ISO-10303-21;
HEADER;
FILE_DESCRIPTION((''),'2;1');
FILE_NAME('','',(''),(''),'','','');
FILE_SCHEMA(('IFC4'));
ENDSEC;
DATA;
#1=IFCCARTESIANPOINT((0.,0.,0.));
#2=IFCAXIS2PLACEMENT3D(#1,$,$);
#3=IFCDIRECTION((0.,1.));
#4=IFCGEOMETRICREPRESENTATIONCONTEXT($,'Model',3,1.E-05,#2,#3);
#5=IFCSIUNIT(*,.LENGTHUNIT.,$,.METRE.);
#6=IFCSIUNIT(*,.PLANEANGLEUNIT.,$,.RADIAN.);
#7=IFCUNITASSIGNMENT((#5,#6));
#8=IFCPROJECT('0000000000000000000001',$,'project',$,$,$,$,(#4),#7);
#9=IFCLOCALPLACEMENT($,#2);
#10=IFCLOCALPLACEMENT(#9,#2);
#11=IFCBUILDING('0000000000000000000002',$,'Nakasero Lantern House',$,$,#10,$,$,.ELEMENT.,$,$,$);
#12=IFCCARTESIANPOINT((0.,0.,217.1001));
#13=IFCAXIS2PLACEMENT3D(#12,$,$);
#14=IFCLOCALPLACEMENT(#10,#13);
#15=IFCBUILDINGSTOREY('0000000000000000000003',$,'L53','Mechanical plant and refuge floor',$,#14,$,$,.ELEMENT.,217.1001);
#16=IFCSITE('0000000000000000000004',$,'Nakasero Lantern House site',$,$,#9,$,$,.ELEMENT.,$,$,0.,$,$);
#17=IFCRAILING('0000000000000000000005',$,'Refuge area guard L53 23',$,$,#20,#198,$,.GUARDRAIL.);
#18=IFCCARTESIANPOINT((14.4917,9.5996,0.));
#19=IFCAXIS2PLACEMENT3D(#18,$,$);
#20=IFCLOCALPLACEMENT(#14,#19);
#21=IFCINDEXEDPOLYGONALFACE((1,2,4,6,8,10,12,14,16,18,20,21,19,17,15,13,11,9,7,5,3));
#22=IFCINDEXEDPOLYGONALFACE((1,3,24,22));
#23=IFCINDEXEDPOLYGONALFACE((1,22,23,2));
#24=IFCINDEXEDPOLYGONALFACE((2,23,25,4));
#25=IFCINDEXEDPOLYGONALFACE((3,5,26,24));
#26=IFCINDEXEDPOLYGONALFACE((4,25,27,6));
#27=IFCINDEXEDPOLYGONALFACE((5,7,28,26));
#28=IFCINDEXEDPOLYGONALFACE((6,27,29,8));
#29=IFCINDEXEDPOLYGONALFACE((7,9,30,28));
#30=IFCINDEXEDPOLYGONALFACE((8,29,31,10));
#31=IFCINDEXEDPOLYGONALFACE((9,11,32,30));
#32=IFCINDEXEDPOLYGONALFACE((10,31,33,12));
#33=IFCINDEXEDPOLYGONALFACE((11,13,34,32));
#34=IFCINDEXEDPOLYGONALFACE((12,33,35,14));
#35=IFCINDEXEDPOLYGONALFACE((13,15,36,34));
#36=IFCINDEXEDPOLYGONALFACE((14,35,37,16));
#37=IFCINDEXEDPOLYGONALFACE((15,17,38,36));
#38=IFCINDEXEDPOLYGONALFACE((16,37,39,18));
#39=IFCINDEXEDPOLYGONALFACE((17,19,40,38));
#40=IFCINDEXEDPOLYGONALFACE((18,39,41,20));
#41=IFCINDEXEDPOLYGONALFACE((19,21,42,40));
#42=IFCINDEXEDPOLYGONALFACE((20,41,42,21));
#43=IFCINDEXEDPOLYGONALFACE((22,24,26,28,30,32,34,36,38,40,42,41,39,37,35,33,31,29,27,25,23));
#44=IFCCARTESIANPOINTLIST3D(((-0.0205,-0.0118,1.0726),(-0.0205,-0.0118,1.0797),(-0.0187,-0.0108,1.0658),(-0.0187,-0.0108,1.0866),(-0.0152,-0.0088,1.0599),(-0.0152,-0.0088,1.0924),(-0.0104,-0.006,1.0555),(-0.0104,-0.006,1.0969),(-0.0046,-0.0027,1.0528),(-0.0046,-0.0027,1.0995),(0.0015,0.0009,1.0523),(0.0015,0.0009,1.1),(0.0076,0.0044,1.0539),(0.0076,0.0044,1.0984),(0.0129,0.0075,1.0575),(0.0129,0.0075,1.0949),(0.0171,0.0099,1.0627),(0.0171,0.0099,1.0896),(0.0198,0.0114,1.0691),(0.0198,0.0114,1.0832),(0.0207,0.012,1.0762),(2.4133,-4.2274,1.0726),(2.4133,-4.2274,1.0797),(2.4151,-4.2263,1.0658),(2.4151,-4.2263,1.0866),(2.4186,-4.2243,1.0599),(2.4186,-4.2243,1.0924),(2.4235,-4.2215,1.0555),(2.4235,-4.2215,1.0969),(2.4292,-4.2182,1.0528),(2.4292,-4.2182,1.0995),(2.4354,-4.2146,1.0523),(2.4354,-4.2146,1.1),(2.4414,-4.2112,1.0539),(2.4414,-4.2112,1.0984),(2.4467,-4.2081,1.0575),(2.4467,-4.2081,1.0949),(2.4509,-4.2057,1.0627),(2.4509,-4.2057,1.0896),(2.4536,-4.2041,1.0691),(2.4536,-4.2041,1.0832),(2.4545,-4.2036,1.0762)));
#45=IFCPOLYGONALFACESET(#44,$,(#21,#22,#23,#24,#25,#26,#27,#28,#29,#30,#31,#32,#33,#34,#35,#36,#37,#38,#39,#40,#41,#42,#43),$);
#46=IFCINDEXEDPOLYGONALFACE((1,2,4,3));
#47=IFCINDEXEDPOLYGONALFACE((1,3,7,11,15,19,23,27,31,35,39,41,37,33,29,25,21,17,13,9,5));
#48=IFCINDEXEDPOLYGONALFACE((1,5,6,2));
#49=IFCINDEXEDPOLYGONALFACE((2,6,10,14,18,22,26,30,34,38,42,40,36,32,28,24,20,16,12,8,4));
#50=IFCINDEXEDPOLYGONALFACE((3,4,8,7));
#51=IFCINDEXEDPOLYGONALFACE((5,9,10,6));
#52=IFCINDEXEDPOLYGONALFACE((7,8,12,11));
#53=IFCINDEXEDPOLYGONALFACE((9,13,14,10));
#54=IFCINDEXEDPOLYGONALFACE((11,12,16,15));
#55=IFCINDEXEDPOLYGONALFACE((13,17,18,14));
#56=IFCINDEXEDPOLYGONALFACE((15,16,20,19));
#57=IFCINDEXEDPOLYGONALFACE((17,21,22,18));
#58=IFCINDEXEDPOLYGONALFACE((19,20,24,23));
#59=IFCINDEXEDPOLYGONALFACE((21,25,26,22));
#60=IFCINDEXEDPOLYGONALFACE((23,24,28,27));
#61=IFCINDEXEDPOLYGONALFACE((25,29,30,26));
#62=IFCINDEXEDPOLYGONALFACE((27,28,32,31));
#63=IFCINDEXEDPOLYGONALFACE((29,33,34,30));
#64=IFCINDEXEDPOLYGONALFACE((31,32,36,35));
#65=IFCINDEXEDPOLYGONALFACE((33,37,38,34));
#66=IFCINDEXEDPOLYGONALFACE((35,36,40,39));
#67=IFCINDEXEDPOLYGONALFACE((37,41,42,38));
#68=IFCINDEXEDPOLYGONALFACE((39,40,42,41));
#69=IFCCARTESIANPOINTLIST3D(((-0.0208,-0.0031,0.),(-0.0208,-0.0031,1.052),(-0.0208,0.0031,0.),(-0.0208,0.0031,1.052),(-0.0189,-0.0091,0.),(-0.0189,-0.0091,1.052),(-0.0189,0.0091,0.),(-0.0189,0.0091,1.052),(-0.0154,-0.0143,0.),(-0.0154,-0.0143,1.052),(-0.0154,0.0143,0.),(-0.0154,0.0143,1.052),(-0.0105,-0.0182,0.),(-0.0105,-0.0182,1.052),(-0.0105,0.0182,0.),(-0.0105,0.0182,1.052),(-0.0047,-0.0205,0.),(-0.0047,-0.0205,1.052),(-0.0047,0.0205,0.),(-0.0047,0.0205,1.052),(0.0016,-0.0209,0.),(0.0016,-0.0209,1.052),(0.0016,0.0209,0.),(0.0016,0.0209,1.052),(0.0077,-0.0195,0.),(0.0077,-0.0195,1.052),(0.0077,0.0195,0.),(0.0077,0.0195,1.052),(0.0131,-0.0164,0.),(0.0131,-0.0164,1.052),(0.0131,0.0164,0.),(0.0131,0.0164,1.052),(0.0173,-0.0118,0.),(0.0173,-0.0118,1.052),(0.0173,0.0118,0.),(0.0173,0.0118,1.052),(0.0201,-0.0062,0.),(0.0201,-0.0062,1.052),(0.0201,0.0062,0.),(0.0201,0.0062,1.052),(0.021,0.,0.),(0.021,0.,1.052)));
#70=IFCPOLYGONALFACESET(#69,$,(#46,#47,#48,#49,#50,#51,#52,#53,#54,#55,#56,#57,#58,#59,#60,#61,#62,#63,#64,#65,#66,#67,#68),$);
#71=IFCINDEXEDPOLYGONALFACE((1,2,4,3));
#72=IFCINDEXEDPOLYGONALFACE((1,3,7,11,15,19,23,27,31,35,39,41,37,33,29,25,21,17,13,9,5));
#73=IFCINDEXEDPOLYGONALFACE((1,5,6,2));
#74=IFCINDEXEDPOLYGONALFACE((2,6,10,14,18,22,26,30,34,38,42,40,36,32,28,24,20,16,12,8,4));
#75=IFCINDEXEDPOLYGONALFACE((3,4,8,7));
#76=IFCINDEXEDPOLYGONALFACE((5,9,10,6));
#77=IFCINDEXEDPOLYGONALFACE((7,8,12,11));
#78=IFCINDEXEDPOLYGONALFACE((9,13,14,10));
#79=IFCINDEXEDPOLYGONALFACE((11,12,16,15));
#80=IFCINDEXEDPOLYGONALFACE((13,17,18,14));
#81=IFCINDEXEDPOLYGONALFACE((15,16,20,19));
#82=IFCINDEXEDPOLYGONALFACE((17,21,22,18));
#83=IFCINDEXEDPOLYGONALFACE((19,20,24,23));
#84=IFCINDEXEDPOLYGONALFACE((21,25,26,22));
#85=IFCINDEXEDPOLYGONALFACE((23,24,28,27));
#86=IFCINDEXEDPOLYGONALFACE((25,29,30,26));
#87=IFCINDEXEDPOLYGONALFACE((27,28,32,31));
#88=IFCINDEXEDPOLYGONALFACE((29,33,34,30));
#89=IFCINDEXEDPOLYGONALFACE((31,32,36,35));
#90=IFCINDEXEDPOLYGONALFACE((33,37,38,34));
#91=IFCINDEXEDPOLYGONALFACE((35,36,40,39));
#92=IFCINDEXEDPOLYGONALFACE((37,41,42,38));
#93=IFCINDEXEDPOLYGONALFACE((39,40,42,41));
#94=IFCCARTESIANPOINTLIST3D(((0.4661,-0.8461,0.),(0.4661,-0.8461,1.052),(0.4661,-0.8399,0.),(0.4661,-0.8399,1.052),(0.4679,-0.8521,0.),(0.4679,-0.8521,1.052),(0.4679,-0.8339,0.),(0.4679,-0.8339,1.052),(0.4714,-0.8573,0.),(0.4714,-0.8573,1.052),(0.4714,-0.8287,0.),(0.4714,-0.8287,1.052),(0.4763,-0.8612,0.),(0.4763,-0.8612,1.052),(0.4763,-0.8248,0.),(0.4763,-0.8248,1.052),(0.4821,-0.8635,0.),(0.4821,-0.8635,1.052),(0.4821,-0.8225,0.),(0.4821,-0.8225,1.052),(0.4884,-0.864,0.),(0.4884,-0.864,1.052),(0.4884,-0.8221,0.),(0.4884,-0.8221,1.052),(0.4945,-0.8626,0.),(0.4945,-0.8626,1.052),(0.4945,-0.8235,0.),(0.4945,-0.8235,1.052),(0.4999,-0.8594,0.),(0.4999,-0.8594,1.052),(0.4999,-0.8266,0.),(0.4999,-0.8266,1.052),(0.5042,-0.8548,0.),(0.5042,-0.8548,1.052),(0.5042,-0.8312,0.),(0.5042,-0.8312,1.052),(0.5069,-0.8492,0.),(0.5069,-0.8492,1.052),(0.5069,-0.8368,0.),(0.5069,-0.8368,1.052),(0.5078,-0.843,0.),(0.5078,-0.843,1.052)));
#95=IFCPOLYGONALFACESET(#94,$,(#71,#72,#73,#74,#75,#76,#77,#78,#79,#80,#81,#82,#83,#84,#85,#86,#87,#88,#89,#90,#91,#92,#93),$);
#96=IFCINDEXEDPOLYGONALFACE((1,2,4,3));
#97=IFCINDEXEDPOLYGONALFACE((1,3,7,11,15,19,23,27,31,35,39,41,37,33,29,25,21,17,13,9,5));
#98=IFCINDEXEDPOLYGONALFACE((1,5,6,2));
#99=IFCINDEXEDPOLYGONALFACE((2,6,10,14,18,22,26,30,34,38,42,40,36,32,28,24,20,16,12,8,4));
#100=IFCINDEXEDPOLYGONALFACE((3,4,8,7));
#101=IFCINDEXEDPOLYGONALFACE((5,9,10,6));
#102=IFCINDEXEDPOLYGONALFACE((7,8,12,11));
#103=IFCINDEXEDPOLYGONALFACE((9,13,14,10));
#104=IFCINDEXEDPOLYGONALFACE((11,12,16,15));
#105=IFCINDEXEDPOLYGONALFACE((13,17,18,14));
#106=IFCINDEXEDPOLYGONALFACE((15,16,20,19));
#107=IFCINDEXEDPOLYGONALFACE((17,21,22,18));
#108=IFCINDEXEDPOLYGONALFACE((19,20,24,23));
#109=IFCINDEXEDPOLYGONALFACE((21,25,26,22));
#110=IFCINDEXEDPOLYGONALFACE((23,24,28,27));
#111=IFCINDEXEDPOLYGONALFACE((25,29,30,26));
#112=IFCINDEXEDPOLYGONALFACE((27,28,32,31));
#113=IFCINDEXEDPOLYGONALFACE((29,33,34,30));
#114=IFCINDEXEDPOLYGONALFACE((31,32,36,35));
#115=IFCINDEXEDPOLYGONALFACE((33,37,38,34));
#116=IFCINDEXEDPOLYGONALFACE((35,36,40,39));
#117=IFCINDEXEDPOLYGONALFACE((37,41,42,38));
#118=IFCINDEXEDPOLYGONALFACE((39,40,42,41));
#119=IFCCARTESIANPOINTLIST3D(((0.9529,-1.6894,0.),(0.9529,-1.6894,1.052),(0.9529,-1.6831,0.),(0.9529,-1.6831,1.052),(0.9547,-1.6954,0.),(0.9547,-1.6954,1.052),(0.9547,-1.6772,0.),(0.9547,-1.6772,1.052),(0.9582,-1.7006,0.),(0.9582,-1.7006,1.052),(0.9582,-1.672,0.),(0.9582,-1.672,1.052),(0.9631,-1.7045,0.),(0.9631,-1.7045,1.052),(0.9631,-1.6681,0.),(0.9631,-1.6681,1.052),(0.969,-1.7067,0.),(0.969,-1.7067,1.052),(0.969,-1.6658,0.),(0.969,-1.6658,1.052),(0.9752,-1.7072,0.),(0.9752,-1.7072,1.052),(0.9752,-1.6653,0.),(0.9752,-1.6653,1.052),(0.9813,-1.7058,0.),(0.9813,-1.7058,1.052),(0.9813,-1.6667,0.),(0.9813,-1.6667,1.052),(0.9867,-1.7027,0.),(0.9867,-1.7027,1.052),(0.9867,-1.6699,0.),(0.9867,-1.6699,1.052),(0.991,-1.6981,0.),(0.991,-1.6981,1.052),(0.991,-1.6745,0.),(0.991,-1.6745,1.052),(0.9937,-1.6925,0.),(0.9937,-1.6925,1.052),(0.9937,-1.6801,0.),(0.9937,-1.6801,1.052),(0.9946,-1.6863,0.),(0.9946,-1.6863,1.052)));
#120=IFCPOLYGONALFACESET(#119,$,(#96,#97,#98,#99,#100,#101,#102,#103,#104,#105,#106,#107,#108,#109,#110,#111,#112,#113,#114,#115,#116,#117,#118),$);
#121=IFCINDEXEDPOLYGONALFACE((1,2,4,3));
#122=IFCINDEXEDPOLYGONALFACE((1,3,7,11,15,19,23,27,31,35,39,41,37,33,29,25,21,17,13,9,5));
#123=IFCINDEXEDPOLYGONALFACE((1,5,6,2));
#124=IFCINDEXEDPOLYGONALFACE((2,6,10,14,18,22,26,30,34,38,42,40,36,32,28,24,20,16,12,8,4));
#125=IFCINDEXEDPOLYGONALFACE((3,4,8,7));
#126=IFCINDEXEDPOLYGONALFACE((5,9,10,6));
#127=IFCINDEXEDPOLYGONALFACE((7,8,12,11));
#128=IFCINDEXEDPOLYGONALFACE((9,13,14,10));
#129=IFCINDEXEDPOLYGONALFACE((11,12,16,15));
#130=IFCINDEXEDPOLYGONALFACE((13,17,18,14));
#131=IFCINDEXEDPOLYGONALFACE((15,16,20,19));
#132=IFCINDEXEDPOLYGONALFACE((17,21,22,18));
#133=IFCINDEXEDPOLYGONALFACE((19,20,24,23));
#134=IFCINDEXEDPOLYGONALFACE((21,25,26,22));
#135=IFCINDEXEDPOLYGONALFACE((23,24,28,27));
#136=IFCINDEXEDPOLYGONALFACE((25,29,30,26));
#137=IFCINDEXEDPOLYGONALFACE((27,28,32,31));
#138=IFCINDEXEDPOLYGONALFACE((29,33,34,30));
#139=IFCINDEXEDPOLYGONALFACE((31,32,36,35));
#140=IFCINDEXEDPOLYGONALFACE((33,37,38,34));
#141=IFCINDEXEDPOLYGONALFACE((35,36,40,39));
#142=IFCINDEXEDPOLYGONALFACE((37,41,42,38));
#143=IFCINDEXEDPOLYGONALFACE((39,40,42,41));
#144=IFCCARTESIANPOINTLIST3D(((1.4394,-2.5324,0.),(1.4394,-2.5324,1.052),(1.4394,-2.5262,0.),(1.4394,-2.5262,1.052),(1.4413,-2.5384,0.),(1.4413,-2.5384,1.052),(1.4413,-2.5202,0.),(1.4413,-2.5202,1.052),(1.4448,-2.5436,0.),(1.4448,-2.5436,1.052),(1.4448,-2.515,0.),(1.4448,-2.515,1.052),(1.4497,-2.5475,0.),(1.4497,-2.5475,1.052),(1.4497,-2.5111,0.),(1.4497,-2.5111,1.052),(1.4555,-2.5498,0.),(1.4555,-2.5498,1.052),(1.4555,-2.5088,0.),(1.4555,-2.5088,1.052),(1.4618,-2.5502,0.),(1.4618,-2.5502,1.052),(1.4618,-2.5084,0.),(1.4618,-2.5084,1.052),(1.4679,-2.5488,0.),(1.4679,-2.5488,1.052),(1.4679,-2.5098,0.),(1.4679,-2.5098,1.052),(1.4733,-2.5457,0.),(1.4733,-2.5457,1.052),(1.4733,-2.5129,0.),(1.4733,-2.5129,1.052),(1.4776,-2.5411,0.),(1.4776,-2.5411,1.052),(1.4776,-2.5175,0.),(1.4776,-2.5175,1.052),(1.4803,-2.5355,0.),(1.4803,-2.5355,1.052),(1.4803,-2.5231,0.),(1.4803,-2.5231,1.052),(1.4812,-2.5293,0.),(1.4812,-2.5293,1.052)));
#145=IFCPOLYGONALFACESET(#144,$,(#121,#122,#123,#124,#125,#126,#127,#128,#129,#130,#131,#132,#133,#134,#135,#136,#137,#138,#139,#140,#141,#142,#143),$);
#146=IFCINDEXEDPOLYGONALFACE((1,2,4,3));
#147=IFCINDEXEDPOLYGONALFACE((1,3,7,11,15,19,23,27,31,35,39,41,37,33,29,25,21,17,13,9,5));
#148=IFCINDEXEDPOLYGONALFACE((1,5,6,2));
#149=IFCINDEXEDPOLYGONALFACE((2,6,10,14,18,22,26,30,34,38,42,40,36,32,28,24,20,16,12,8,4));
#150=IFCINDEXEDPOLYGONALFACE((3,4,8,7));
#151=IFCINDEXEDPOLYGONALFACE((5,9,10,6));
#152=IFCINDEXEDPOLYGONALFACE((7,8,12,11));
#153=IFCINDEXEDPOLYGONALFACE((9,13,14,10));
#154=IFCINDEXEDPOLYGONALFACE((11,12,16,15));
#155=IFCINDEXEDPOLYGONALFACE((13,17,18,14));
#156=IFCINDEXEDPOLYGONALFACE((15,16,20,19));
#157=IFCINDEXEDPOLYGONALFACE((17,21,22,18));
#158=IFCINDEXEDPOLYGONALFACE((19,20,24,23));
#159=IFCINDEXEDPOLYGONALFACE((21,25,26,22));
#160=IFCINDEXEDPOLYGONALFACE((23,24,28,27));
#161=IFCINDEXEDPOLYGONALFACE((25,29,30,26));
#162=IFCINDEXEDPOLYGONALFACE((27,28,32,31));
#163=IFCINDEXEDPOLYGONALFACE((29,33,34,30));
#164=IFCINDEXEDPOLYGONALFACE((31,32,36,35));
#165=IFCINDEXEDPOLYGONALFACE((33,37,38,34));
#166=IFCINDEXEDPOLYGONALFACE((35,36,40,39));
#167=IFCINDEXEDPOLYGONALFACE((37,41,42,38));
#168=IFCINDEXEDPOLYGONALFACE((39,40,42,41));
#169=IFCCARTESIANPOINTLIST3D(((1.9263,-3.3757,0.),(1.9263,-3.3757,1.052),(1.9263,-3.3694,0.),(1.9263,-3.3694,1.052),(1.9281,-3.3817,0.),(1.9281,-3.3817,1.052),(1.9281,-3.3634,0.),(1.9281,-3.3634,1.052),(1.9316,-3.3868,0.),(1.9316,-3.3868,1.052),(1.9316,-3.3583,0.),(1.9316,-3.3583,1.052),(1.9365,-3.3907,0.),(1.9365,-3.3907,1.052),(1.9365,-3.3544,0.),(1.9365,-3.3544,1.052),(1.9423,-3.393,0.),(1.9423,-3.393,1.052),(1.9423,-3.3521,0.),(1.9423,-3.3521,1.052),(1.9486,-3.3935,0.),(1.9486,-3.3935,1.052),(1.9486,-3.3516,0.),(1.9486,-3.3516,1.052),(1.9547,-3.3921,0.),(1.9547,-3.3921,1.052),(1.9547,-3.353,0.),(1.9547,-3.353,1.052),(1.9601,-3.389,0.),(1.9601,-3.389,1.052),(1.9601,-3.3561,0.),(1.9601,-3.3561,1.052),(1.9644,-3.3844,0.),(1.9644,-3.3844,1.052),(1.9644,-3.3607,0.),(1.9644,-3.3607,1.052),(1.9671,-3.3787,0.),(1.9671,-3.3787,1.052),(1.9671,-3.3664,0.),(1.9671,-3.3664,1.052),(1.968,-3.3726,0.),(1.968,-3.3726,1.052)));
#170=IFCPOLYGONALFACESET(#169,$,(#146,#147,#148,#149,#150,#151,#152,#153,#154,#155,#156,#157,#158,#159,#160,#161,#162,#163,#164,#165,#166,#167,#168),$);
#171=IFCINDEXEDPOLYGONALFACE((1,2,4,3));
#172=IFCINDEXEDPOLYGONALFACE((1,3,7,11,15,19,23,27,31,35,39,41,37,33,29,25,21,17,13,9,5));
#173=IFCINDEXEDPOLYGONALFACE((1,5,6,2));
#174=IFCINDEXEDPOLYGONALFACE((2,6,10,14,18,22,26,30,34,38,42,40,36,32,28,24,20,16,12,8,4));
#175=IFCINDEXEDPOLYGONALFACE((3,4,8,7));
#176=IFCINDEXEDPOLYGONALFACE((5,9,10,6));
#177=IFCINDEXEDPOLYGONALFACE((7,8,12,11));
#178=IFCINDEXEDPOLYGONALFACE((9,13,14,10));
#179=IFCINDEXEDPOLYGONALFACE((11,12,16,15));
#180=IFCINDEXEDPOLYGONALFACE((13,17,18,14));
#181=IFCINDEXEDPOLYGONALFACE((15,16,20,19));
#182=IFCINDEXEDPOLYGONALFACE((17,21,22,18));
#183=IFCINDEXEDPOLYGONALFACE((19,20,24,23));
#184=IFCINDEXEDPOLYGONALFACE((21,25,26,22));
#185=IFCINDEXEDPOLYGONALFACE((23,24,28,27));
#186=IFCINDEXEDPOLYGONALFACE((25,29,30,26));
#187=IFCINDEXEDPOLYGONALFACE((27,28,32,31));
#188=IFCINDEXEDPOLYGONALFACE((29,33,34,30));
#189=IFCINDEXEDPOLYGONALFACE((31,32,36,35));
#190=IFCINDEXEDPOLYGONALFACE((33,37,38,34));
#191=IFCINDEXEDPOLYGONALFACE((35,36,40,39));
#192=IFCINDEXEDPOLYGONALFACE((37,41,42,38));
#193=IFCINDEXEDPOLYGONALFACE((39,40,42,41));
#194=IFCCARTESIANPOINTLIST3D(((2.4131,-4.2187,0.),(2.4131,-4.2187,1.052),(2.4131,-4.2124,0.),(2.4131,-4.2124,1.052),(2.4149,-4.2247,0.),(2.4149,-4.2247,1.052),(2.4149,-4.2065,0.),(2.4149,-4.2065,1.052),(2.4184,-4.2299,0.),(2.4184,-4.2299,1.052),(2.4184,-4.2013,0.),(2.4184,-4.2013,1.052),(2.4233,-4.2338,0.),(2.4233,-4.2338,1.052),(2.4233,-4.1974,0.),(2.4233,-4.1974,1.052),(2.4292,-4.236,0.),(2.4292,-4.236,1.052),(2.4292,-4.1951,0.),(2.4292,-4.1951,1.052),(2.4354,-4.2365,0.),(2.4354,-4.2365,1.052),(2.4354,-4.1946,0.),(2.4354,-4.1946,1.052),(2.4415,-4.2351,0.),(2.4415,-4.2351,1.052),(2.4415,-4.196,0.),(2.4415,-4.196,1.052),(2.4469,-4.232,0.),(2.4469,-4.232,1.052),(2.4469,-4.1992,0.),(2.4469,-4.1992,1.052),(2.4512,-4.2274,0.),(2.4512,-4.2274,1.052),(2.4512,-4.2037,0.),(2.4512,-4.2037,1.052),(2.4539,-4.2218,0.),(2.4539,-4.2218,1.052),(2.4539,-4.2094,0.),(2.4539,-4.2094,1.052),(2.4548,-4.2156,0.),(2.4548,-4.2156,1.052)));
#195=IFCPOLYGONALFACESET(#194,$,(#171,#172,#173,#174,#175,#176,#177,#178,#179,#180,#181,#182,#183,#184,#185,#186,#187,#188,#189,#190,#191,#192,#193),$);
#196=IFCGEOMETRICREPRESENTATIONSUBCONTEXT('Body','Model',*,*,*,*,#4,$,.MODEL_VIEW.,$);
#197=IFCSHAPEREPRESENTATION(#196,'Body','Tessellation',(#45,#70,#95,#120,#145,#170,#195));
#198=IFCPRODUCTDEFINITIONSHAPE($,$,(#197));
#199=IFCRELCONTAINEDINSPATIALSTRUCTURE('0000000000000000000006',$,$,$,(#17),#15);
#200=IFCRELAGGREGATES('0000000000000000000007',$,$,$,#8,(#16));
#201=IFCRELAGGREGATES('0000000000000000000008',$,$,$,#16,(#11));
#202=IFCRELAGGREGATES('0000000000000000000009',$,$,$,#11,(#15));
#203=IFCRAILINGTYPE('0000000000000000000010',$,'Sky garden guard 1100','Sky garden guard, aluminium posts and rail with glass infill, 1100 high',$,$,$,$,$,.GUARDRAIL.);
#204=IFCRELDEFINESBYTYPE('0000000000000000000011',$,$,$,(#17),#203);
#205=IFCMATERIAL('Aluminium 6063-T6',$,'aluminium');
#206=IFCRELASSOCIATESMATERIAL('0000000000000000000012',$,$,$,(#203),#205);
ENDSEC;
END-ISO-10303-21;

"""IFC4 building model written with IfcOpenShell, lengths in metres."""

from ifc_helpers import new_model, si_unit, direction, frame, origin, origin_2d, place, context, subcontext, project, spatial, circle, extrude, material, type_object, element, save


model = new_model("IFC4")

# Units and contexts
model_context = context("Model", 3, precision=1e-05, world=origin(), true_north=direction((0.0, 1.0)))
body_context = subcontext(model_context, "Body", "Model", "MODEL_VIEW")
ifc_project = project(units=[si_unit("LENGTHUNIT", "METRE"), si_unit("PLANEANGLEUNIT", "RADIAN")], contexts=[model_context])

# Site, building, storey
site_placement = place(None, origin())
site = spatial("IfcSite", under=ifc_project, at=site_placement, Name="Nakasero Lantern House site", CompositionType="ELEMENT", RefElevation=0.0)
building_placement = place(site_placement, origin())
building = spatial("IfcBuilding", under=site, at=building_placement, Name="Nakasero Lantern House", CompositionType="ELEMENT")
storey_placement = place(building_placement, frame((0.0, 0.0, 217.1001)))
storey = spatial("IfcBuildingStorey", under=building, at=storey_placement, Name="L53", Description="Mechanical plant and refuge floor", CompositionType="ELEMENT", Elevation=217.1001)

# Railing
ifc_material_1 = material(Name="Aluminium 6063-T6", Category="aluminium")
railing_type = type_object("IfcRailingType", Name="Sky garden guard 1100", Description="Sky garden guard, aluminium posts and rail with glass infill, 1100 high", PredefinedType="GUARDRAIL", material=ifc_material_1)
railing_1_placement = place(storey_placement, frame((14.4917, 9.5996, 0.0)))
element("IfcRailing", 1, at=railing_1_placement, inside=storey, type_object=railing_type, Name="Refuge area guard L53 23", PredefinedType="GUARDRAIL", context=body_context, shape_type="SweptSolid", body=[
    extrude(circle(Radius=0.0239, at=origin_2d()), frame((0.0, 0.0, 1.0762), z_axis=(0.499996, -0.866028, 0.0), x_axis=(0.866028, 0.499996, 0.0)), (0.0, 0.0, 1.0), 4.8677),
    extrude(circle(Radius=0.021, at=origin_2d()), origin(), (0.0, 0.0, 1.0), 1.052),
    extrude(circle(Radius=0.021, at=origin_2d()), frame((0.4868, -0.843, 0.0)), (0.0, 0.0, 1.0), 1.052),
    extrude(circle(Radius=0.021, at=origin_2d()), frame((0.9736, -1.6863, 0.0)), (0.0, 0.0, 1.0), 1.052),
    extrude(circle(Radius=0.021, at=origin_2d()), frame((1.4602, -2.5293, 0.0)), (0.0, 0.0, 1.0), 1.052),
    extrude(circle(Radius=0.021, at=origin_2d()), frame((1.947, -3.3726, 0.0)), (0.0, 0.0, 1.0), 1.052),
    extrude(circle(Radius=0.021, at=origin_2d()), frame((2.4338, -4.2156, 0.0)), (0.0, 0.0, 1.0), 1.052),
])

save(model, "model.ifc")
